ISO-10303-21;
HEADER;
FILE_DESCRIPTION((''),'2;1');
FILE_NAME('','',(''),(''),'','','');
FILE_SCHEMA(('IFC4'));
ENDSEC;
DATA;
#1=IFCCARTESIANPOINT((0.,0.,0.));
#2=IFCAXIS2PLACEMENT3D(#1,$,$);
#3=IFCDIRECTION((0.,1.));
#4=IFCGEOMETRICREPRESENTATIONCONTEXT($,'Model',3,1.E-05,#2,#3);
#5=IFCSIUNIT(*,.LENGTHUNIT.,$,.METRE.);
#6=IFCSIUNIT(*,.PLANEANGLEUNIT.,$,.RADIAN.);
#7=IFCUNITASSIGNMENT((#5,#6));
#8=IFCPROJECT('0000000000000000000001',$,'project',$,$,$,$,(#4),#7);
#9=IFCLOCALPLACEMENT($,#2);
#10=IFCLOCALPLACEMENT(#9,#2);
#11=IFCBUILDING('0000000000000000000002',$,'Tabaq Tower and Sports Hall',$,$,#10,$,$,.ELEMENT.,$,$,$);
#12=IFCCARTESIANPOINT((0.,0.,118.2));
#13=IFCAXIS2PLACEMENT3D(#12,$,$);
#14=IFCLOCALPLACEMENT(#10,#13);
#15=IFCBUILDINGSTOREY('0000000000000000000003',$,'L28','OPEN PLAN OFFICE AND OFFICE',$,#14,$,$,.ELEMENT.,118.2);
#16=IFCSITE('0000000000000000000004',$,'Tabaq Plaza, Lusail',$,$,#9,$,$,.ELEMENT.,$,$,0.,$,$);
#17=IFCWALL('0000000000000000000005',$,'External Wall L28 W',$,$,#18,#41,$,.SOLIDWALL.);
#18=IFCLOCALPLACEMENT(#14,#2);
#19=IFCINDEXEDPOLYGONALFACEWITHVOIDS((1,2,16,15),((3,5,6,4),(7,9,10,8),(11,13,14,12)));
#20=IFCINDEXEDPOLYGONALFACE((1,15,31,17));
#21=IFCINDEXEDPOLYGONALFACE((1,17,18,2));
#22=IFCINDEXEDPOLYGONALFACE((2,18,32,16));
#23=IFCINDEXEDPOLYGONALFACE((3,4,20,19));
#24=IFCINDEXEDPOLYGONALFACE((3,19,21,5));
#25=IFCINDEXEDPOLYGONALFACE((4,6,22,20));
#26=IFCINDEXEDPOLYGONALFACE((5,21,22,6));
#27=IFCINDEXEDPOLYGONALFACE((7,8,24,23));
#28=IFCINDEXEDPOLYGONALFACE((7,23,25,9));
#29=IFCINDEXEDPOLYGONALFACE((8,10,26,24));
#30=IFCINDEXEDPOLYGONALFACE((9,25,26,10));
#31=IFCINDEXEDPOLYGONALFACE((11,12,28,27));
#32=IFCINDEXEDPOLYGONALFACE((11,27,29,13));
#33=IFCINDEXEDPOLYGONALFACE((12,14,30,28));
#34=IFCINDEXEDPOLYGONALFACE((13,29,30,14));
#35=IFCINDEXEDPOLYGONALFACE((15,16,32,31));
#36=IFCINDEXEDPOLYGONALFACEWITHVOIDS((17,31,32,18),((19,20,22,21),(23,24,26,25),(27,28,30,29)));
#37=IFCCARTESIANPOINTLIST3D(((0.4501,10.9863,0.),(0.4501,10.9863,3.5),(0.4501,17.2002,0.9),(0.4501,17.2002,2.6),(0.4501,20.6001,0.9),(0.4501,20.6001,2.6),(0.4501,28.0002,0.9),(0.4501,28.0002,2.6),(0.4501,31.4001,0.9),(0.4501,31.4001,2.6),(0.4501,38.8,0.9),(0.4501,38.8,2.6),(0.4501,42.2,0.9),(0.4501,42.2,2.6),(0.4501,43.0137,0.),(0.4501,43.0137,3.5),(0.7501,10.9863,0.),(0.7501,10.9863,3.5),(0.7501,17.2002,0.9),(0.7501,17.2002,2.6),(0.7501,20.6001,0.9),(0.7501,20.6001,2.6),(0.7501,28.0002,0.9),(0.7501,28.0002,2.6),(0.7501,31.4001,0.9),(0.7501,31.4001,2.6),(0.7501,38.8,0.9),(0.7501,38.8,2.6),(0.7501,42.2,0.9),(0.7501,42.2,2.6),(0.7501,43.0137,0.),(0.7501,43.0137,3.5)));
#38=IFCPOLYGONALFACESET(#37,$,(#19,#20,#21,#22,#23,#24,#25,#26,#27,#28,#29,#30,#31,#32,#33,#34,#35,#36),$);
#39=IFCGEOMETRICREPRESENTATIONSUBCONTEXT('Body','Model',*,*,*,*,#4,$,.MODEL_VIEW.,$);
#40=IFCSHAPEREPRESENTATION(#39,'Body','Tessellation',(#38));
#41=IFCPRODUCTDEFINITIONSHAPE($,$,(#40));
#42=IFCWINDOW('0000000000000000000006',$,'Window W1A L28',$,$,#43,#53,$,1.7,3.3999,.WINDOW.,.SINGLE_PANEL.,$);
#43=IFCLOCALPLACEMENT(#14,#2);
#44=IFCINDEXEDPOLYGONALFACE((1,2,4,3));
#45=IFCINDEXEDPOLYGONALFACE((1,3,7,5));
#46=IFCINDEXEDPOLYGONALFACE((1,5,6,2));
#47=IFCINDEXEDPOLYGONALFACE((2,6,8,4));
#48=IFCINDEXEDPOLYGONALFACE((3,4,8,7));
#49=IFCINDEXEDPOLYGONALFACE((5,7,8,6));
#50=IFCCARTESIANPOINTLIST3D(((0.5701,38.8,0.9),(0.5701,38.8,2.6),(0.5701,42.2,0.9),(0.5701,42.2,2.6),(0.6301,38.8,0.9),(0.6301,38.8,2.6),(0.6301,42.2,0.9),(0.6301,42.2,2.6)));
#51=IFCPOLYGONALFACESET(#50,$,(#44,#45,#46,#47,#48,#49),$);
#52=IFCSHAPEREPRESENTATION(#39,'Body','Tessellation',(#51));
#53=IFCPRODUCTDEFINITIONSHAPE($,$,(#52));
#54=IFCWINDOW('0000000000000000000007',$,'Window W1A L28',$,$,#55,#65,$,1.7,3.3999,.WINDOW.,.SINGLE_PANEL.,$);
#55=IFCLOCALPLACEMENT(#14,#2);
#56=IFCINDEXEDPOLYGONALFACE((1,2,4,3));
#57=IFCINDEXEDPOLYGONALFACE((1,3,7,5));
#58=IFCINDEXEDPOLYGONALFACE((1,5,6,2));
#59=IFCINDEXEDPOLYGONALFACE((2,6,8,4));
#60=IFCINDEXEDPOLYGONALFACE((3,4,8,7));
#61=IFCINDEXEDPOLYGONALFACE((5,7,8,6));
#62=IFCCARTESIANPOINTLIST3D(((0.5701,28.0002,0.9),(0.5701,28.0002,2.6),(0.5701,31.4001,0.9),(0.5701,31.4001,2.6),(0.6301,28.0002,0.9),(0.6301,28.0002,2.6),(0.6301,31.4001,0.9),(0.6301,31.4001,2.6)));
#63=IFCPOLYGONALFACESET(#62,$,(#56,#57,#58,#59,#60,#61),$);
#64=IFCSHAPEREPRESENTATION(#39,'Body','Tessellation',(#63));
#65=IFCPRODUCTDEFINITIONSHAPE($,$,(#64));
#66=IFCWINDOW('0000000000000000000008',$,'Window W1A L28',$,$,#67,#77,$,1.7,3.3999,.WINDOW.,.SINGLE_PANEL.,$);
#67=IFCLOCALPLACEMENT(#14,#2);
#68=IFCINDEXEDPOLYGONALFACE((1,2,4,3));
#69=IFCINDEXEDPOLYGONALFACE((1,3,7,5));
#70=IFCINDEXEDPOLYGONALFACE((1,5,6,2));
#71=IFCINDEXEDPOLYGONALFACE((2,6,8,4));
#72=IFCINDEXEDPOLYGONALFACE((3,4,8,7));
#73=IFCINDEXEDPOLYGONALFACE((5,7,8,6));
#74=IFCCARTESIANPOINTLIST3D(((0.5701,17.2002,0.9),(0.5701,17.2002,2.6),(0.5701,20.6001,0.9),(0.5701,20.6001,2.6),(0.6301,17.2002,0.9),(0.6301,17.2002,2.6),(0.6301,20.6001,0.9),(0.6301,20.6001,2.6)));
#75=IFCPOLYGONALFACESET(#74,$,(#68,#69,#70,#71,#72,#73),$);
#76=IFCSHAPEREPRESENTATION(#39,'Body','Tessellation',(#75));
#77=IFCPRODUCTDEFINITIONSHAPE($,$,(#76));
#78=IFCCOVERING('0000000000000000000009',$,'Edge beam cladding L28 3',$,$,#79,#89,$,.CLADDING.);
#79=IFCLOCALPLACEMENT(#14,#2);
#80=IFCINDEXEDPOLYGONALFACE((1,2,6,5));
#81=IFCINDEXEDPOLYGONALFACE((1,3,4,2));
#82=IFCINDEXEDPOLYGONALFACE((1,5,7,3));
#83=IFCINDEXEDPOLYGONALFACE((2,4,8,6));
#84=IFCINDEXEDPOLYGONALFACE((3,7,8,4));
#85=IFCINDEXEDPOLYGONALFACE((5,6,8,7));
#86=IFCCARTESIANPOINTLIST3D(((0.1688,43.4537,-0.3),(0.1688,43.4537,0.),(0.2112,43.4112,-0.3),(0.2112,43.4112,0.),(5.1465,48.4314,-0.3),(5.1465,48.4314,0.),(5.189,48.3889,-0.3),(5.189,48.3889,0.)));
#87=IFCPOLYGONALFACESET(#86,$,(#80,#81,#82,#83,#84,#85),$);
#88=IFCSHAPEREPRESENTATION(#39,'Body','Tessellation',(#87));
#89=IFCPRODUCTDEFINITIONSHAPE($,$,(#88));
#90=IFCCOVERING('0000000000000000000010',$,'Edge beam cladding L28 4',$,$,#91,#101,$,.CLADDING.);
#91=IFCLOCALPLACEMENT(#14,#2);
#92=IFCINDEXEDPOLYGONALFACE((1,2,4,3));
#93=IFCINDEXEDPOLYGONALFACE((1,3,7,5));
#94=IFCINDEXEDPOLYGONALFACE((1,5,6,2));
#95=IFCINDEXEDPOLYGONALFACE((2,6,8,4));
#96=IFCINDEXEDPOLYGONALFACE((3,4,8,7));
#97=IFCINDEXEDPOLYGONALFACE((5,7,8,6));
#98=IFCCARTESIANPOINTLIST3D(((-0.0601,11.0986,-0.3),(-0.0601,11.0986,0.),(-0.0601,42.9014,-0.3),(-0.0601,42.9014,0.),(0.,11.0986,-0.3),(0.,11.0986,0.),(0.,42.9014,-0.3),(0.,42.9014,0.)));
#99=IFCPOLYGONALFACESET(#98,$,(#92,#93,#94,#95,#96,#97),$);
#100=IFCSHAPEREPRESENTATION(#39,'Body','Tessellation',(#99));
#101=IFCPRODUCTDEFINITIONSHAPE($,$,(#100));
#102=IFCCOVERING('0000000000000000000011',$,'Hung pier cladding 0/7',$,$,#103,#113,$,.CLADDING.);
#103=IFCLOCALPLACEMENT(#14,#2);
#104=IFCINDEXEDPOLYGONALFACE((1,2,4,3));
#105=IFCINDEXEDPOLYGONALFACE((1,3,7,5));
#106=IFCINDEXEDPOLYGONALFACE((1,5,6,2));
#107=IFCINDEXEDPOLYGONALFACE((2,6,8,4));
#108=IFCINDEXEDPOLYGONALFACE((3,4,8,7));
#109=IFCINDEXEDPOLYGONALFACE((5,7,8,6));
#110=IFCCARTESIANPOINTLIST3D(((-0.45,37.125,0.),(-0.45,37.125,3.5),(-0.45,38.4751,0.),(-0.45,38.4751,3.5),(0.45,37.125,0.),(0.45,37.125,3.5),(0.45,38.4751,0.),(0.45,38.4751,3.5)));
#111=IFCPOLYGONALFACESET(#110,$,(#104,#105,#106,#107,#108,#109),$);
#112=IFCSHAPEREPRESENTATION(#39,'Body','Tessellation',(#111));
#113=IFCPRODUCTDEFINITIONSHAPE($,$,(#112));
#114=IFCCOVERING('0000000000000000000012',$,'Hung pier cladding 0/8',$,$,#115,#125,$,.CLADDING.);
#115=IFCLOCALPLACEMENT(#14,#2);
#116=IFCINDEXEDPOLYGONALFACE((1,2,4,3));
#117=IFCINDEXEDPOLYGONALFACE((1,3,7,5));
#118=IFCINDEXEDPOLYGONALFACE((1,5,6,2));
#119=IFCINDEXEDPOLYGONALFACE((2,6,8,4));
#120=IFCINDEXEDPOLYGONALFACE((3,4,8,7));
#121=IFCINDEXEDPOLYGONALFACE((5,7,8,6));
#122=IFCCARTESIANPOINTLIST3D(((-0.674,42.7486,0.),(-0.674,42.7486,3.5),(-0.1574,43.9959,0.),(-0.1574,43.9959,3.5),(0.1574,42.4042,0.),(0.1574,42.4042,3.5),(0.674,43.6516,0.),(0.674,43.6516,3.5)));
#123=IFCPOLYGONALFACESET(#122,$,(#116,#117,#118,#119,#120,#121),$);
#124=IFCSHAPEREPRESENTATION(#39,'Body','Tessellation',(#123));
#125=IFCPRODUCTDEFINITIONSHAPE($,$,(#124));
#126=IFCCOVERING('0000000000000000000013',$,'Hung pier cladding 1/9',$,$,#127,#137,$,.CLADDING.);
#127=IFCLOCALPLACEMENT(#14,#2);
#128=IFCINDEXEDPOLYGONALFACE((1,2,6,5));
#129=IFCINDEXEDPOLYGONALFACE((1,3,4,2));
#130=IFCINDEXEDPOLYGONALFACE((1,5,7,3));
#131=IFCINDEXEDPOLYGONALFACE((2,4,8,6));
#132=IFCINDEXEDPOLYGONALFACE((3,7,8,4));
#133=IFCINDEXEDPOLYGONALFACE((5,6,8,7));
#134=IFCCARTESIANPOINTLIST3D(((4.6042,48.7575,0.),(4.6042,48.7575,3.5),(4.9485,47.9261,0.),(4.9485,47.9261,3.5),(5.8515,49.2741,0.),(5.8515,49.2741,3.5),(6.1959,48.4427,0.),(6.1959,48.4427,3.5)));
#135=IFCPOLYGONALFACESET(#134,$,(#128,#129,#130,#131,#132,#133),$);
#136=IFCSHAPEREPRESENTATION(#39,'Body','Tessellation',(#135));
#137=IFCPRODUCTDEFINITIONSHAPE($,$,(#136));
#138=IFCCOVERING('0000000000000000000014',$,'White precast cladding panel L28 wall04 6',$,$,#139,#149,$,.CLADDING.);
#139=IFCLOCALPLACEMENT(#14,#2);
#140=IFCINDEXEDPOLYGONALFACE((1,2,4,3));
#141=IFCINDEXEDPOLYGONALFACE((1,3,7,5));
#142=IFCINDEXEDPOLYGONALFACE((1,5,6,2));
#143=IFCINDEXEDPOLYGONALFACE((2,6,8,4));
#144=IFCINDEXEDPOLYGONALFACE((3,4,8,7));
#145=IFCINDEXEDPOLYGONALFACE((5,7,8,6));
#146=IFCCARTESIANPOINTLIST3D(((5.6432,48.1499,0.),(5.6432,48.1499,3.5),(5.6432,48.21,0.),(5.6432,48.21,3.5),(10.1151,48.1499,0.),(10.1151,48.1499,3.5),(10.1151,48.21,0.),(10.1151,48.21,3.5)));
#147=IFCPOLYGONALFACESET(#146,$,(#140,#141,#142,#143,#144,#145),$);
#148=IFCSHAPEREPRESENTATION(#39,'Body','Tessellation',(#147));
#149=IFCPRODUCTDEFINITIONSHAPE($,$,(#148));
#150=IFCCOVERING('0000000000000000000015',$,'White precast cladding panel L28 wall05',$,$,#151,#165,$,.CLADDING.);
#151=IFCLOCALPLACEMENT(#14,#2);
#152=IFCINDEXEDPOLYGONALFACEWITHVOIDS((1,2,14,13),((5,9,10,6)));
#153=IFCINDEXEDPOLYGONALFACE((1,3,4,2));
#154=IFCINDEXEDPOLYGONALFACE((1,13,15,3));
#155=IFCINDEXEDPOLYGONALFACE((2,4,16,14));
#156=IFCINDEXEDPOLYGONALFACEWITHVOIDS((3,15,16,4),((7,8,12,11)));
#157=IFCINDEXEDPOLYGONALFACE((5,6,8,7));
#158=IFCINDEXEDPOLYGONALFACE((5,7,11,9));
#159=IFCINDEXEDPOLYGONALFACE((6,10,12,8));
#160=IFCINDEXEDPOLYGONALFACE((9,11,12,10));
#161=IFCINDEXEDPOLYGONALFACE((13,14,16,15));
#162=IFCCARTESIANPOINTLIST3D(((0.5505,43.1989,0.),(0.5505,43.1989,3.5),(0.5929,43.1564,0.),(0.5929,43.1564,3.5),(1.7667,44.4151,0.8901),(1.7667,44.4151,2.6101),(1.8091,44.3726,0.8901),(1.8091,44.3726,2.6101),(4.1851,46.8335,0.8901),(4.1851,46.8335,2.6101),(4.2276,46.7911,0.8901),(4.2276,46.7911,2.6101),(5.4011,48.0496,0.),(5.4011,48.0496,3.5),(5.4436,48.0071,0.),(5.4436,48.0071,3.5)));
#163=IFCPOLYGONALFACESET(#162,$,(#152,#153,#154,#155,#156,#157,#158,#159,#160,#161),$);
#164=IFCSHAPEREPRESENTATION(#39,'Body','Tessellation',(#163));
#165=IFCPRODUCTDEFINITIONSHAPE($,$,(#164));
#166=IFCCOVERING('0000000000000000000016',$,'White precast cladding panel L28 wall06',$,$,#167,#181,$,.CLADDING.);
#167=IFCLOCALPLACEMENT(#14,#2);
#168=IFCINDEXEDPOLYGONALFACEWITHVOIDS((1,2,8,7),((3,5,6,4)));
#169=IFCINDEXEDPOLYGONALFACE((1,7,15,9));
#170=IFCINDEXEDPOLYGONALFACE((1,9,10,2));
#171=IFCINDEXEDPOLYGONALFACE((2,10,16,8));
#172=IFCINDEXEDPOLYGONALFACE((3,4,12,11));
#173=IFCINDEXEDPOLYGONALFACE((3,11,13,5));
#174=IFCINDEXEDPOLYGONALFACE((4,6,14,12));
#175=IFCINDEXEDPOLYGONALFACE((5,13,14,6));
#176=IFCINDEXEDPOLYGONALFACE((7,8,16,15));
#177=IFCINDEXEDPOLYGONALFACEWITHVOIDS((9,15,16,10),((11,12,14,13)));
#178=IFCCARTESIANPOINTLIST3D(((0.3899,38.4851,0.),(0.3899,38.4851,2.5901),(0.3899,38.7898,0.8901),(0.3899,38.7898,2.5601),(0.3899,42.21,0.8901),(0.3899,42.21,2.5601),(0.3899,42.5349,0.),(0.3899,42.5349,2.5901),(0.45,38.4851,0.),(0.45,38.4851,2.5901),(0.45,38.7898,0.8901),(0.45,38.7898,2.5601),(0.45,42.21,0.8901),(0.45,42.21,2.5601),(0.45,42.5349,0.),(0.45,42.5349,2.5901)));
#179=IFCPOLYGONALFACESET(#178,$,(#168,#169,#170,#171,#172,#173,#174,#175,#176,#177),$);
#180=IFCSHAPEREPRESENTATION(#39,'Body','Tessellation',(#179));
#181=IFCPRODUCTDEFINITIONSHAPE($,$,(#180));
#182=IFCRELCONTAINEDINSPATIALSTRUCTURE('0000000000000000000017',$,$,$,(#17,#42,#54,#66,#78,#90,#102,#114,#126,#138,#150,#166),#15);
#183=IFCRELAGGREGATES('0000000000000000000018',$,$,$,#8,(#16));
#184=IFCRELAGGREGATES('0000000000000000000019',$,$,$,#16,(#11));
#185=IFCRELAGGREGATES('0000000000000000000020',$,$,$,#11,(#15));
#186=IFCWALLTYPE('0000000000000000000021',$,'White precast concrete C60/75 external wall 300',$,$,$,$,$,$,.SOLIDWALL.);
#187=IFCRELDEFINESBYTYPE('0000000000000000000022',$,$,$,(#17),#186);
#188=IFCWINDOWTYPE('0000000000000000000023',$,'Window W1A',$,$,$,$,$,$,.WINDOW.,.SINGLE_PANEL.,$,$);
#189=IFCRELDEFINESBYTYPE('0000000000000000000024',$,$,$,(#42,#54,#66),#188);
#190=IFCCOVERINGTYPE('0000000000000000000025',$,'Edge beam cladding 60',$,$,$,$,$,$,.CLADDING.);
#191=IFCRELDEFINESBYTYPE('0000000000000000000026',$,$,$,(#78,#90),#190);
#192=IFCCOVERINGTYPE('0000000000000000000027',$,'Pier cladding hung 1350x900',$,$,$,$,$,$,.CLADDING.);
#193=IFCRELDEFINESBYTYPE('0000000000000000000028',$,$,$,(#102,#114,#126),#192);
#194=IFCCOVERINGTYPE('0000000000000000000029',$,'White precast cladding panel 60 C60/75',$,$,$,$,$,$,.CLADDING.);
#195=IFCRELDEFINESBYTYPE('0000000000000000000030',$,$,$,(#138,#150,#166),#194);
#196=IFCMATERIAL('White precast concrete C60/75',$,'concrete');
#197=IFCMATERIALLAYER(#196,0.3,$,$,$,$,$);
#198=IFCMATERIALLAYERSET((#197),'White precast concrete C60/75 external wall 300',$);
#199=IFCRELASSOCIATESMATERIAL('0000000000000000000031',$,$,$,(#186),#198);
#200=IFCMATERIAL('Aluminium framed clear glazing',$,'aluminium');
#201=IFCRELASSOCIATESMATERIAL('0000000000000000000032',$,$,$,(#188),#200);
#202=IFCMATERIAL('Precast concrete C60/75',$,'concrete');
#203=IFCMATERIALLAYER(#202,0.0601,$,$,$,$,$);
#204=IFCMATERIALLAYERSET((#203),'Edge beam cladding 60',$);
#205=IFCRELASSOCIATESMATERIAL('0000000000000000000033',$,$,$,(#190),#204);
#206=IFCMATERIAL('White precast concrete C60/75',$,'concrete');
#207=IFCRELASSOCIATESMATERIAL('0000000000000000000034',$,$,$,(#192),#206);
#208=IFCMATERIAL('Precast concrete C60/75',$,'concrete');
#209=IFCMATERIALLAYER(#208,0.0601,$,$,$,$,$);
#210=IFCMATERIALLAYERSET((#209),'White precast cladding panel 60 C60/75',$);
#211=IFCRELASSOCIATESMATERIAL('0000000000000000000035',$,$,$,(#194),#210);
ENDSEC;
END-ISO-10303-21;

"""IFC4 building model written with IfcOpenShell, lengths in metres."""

from ifc_helpers import new_model, si_unit, direction, frame, frame_2d, origin, place, context, subcontext, project, spatial, polyline, rectangle, outline, extrude, material, layer, layer_set, type_object, element, fill, save


model = new_model("IFC4")

# Units and contexts
model_context = context("Model", 3, precision=1e-05, world=origin(), true_north=direction((0.0, 1.0)))
body_context = subcontext(model_context, "Body", "Model", "MODEL_VIEW")
ifc_project = project(units=[si_unit("LENGTHUNIT", "METRE"), si_unit("PLANEANGLEUNIT", "RADIAN")], contexts=[model_context])

# Site, building, storey
site_placement = place(None, origin())
site = spatial("IfcSite", under=ifc_project, at=site_placement, Name="Tabaq Plaza, Lusail", CompositionType="ELEMENT", RefElevation=0.0)
building_placement = place(site_placement, origin())
building = spatial("IfcBuilding", under=site, at=building_placement, Name="Tabaq Tower and Sports Hall", CompositionType="ELEMENT")
storey_placement = place(building_placement, frame((0.0, 0.0, 118.2)))
storey = spatial("IfcBuildingStorey", under=building, at=storey_placement, Name="L28", Description="OPEN PLAN OFFICE AND OFFICE", CompositionType="ELEMENT", Elevation=118.2)

# Shared definitions
ifc_material_1 = material(Name="White precast concrete C60/75", Category="concrete")
ifc_layer_1 = layer(ifc_material_1, 0.3)
ifc_layer_set_1 = layer_set([ifc_layer_1], Name="White precast concrete C60/75 external wall 300")
wall_type_1 = type_object("IfcWallType", Name="White precast concrete C60/75 external wall 300", PredefinedType="SOLIDWALL", material=ifc_layer_set_1)
ifc_material_2 = material(Name="Aluminium framed clear glazing", Category="aluminium")
window_type = type_object("IfcWindowType", Name="Window W1A", PartitioningType="SINGLE_PANEL", PredefinedType="WINDOW", material=ifc_material_2)

# Wall, openings, windows
wall_1_placement = place(storey_placement, frame((0.6001, 43.0137, 0.0), z_axis=(0.0, 0.0, 1.0), x_axis=(0.0, -1.0, 0.0)))
wall_1 = element("IfcWall", 1, at=wall_1_placement, inside=storey, type_object=wall_type_1, Name="External Wall L28 W", PredefinedType="SOLIDWALL", context=body_context, shape_type="SweptSolid", body=[
    extrude(rectangle(XDim=32.0273, YDim=0.3, at=frame_2d((16.0137, 0.0))), origin(), (0.0, 0.0, 1.0), 3.5),
])
opening_1_placement = place(wall_1_placement, frame((0.8137, 0.0, 0.8999)))
opening_1 = element("IfcOpeningElement", 2, at=opening_1_placement, cuts=wall_1, PredefinedType="OPENING", context=body_context, shape_type="SweptSolid", body=[
    extrude(rectangle(XDim=3.3999, YDim=1.7, at=frame_2d((1.7, 0.8501))), frame((0.0, 0.1602, 0.0), z_axis=(0.0, -1.0, 0.0), x_axis=(1.0, 0.0, 0.0)), (0.0, 0.0, 1.0), 0.3201),
])
opening_2_placement = place(wall_1_placement, frame((11.6135, 0.0, 0.8999)))
opening_2 = element("IfcOpeningElement", 3, at=opening_2_placement, cuts=wall_1, PredefinedType="OPENING", context=body_context, shape_type="SweptSolid", body=[
    extrude(rectangle(XDim=3.3999, YDim=1.7, at=frame_2d((1.7, 0.8501))), frame((0.0, 0.1602, 0.0), z_axis=(0.0, -1.0, 0.0), x_axis=(1.0, 0.0, 0.0)), (0.0, 0.0, 1.0), 0.3201),
])
opening_3_placement = place(wall_1_placement, frame((22.4136, 0.0, 0.8999)))
opening_3 = element("IfcOpeningElement", 4, at=opening_3_placement, cuts=wall_1, PredefinedType="OPENING", context=body_context, shape_type="SweptSolid", body=[
    extrude(rectangle(XDim=3.3999, YDim=1.7, at=frame_2d((1.7, 0.8501))), frame((0.0, 0.1602, 0.0), z_axis=(0.0, -1.0, 0.0), x_axis=(1.0, 0.0, 0.0)), (0.0, 0.0, 1.0), 0.3201),
])
window_1_placement = place(opening_1_placement, origin())
window_1 = element("IfcWindow", 5, at=window_1_placement, inside=storey, type_object=window_type, Name="Window W1A L28", OverallHeight=1.7, OverallWidth=3.3999, PartitioningType="SINGLE_PANEL", PredefinedType="WINDOW", context=body_context, shape_type="SweptSolid", body=[
    extrude(rectangle(XDim=3.3999, YDim=1.7, at=frame_2d((1.7, 0.8501))), frame((0.0, 0.03, 0.0), z_axis=(0.0, -1.0, 0.0), x_axis=(1.0, 0.0, 0.0)), (0.0, 0.0, 1.0), 0.0601),
])
fill(opening_1, window_1)
window_2_placement = place(opening_2_placement, origin())
window_2 = element("IfcWindow", 6, at=window_2_placement, inside=storey, type_object=window_type, Name="Window W1A L28", OverallHeight=1.7, OverallWidth=3.3999, PartitioningType="SINGLE_PANEL", PredefinedType="WINDOW", context=body_context, shape_type="SweptSolid", body=[
    extrude(rectangle(XDim=3.3999, YDim=1.7, at=frame_2d((1.7, 0.8501))), frame((0.0, 0.03, 0.0), z_axis=(0.0, -1.0, 0.0), x_axis=(1.0, 0.0, 0.0)), (0.0, 0.0, 1.0), 0.0601),
])
fill(opening_2, window_2)
window_3_placement = place(opening_3_placement, origin())
window_3 = element("IfcWindow", 7, at=window_3_placement, inside=storey, type_object=window_type, Name="Window W1A L28", OverallHeight=1.7, OverallWidth=3.3999, PartitioningType="SINGLE_PANEL", PredefinedType="WINDOW", context=body_context, shape_type="SweptSolid", body=[
    extrude(rectangle(XDim=3.3999, YDim=1.7, at=frame_2d((1.7, 0.8501))), frame((0.0, 0.03, 0.0), z_axis=(0.0, -1.0, 0.0), x_axis=(1.0, 0.0, 0.0)), (0.0, 0.0, 1.0), 0.0601),
])
fill(opening_3, window_3)

# Coverings
ifc_material_3 = material(Name="Precast concrete C60/75", Category="concrete")
ifc_layer_2 = layer(ifc_material_3, 0.0601)
ifc_layer_set_2 = layer_set([ifc_layer_2], Name="Edge beam cladding 60")
covering_type_1 = type_object("IfcCoveringType", Name="Edge beam cladding 60", PredefinedType="CLADDING", material=ifc_layer_set_2)
covering_1_placement = place(storey_placement, frame((5.1677, 48.4102, -0.3), z_axis=(0.0, 0.0, 1.0), x_axis=(-0.707107, -0.707107, 0.0)))
element("IfcCovering", 8, at=covering_1_placement, inside=storey, type_object=covering_type_1, Name="Edge beam cladding L28 3", PredefinedType="CLADDING", context=body_context, shape_type="SweptSolid", body=[
    extrude(rectangle(XDim=7.0396, YDim=0.0601, at=frame_2d((3.5198, 0.0))), origin(), (0.0, 0.0, 1.0), 0.3),
])
covering_2_placement = place(storey_placement, frame((-0.03, 42.9014, -0.3), z_axis=(0.0, 0.0, 1.0), x_axis=(0.0, -1.0, 0.0)))
element("IfcCovering", 9, at=covering_2_placement, inside=storey, type_object=covering_type_1, Name="Edge beam cladding L28 4", PredefinedType="CLADDING", context=body_context, shape_type="SweptSolid", body=[
    extrude(rectangle(XDim=31.8027, YDim=0.0601, at=frame_2d((15.9014, 0.0))), origin(), (0.0, 0.0, 1.0), 0.3),
])
ifc_material_4 = material(Name="White precast concrete C60/75", Category="concrete")
covering_type_2 = type_object("IfcCoveringType", Name="Pier cladding hung 1350x900", PredefinedType="CLADDING", material=ifc_material_4)
for number, where, z_axis, x_axis, name in (
    (10, (0.0, 38.4751, 0.0), (0.0, 0.0, 1.0), (0.0, -1.0, 0.0), "Hung pier cladding 0/7"),
    (11, (0.2583, 43.8237, 0.0), (0.0, 0.0, 1.0), (-0.38265, -0.923893, 0.0), "Hung pier cladding 0/8"),
    (12, (6.0237, 48.8584, 0.0), (0.0, 0.0, 1.0), (-0.923893, -0.38265, 0.0), "Hung pier cladding 1/9"),
):
    element("IfcCovering", number, at=place(storey_placement, frame(where, z_axis=z_axis, x_axis=x_axis)), inside=storey, type_object=covering_type_2, Name=name, PredefinedType="CLADDING", context=body_context, shape_type="SweptSolid", body=[
        extrude(rectangle(XDim=1.3501, YDim=0.8999, at=frame_2d((0.675, 0.0))), origin(), (0.0, 0.0, 1.0), 3.5),
    ])
ifc_material_5 = material(Name="Precast concrete C60/75", Category="concrete")
ifc_layer_3 = layer(ifc_material_5, 0.0601)
ifc_layer_set_3 = layer_set([ifc_layer_3], Name="White precast cladding panel 60 C60/75")
covering_type_3 = type_object("IfcCoveringType", Name="White precast cladding panel 60 C60/75", PredefinedType="CLADDING", material=ifc_layer_set_3)
covering_3_placement = place(storey_placement, frame((10.115, 48.1799, 0.0), z_axis=(0.0, 0.0, 1.0), x_axis=(-1.0, 0.0, 0.0)))
element("IfcCovering", 13, at=covering_3_placement, inside=storey, type_object=covering_type_3, Name="White precast cladding panel L28 wall04 6", PredefinedType="CLADDING", context=body_context, shape_type="SweptSolid", body=[
    extrude(rectangle(XDim=4.4719, YDim=0.0601, at=frame_2d((2.2358, 0.0))), origin(), (0.0, 0.0, 1.0), 3.5),
])
covering_4_placement = place(storey_placement, frame((5.4224, 48.0283, 0.0), z_axis=(0.0, 0.0, 1.0), x_axis=(-0.707107, -0.707107, 0.0)))
element("IfcCovering", 14, at=covering_4_placement, inside=storey, type_object=covering_type_3, Name="White precast cladding panel L28 wall05", PredefinedType="CLADDING", context=body_context, shape_type="SweptSolid", body=[
    extrude(outline(polyline([(0.0, 0.0), (6.8599, 0.0), (6.8599, 3.5), (0.0, 3.5), (0.0, 0.0)]), holes=[polyline([(1.7197, 0.8901), (1.7197, 2.6101), (5.1399, 2.6101), (5.1399, 0.8901), (1.7197, 0.8901)])]), frame((0.0, 0.03, 0.0), z_axis=(0.0, -1.0, 0.0), x_axis=(1.0, 0.0, 0.0)), (0.0, 0.0, 1.0), 0.0601),
])
covering_5_placement = place(storey_placement, frame((0.4199, 42.5349, 0.0), z_axis=(0.0, 0.0, 1.0), x_axis=(0.0, -1.0, 0.0)))
element("IfcCovering", 15, at=covering_5_placement, inside=storey, type_object=covering_type_3, Name="White precast cladding panel L28 wall06", PredefinedType="CLADDING", context=body_context, shape_type="SweptSolid", body=[
    extrude(outline(polyline([(0.0, 0.0), (4.0498, 0.0), (4.0498, 2.5901), (0.0, 2.5901), (0.0, 0.0)]), holes=[polyline([(3.7451, 0.8901), (0.325, 0.8901), (0.325, 2.5601), (3.7451, 2.5601), (3.7451, 0.8901)])]), frame((0.0, 0.03, 0.0), z_axis=(0.0, -1.0, 0.0), x_axis=(1.0, 0.0, 0.0)), (0.0, 0.0, 1.0), 0.0601),
])

save(model, "model.ifc")
